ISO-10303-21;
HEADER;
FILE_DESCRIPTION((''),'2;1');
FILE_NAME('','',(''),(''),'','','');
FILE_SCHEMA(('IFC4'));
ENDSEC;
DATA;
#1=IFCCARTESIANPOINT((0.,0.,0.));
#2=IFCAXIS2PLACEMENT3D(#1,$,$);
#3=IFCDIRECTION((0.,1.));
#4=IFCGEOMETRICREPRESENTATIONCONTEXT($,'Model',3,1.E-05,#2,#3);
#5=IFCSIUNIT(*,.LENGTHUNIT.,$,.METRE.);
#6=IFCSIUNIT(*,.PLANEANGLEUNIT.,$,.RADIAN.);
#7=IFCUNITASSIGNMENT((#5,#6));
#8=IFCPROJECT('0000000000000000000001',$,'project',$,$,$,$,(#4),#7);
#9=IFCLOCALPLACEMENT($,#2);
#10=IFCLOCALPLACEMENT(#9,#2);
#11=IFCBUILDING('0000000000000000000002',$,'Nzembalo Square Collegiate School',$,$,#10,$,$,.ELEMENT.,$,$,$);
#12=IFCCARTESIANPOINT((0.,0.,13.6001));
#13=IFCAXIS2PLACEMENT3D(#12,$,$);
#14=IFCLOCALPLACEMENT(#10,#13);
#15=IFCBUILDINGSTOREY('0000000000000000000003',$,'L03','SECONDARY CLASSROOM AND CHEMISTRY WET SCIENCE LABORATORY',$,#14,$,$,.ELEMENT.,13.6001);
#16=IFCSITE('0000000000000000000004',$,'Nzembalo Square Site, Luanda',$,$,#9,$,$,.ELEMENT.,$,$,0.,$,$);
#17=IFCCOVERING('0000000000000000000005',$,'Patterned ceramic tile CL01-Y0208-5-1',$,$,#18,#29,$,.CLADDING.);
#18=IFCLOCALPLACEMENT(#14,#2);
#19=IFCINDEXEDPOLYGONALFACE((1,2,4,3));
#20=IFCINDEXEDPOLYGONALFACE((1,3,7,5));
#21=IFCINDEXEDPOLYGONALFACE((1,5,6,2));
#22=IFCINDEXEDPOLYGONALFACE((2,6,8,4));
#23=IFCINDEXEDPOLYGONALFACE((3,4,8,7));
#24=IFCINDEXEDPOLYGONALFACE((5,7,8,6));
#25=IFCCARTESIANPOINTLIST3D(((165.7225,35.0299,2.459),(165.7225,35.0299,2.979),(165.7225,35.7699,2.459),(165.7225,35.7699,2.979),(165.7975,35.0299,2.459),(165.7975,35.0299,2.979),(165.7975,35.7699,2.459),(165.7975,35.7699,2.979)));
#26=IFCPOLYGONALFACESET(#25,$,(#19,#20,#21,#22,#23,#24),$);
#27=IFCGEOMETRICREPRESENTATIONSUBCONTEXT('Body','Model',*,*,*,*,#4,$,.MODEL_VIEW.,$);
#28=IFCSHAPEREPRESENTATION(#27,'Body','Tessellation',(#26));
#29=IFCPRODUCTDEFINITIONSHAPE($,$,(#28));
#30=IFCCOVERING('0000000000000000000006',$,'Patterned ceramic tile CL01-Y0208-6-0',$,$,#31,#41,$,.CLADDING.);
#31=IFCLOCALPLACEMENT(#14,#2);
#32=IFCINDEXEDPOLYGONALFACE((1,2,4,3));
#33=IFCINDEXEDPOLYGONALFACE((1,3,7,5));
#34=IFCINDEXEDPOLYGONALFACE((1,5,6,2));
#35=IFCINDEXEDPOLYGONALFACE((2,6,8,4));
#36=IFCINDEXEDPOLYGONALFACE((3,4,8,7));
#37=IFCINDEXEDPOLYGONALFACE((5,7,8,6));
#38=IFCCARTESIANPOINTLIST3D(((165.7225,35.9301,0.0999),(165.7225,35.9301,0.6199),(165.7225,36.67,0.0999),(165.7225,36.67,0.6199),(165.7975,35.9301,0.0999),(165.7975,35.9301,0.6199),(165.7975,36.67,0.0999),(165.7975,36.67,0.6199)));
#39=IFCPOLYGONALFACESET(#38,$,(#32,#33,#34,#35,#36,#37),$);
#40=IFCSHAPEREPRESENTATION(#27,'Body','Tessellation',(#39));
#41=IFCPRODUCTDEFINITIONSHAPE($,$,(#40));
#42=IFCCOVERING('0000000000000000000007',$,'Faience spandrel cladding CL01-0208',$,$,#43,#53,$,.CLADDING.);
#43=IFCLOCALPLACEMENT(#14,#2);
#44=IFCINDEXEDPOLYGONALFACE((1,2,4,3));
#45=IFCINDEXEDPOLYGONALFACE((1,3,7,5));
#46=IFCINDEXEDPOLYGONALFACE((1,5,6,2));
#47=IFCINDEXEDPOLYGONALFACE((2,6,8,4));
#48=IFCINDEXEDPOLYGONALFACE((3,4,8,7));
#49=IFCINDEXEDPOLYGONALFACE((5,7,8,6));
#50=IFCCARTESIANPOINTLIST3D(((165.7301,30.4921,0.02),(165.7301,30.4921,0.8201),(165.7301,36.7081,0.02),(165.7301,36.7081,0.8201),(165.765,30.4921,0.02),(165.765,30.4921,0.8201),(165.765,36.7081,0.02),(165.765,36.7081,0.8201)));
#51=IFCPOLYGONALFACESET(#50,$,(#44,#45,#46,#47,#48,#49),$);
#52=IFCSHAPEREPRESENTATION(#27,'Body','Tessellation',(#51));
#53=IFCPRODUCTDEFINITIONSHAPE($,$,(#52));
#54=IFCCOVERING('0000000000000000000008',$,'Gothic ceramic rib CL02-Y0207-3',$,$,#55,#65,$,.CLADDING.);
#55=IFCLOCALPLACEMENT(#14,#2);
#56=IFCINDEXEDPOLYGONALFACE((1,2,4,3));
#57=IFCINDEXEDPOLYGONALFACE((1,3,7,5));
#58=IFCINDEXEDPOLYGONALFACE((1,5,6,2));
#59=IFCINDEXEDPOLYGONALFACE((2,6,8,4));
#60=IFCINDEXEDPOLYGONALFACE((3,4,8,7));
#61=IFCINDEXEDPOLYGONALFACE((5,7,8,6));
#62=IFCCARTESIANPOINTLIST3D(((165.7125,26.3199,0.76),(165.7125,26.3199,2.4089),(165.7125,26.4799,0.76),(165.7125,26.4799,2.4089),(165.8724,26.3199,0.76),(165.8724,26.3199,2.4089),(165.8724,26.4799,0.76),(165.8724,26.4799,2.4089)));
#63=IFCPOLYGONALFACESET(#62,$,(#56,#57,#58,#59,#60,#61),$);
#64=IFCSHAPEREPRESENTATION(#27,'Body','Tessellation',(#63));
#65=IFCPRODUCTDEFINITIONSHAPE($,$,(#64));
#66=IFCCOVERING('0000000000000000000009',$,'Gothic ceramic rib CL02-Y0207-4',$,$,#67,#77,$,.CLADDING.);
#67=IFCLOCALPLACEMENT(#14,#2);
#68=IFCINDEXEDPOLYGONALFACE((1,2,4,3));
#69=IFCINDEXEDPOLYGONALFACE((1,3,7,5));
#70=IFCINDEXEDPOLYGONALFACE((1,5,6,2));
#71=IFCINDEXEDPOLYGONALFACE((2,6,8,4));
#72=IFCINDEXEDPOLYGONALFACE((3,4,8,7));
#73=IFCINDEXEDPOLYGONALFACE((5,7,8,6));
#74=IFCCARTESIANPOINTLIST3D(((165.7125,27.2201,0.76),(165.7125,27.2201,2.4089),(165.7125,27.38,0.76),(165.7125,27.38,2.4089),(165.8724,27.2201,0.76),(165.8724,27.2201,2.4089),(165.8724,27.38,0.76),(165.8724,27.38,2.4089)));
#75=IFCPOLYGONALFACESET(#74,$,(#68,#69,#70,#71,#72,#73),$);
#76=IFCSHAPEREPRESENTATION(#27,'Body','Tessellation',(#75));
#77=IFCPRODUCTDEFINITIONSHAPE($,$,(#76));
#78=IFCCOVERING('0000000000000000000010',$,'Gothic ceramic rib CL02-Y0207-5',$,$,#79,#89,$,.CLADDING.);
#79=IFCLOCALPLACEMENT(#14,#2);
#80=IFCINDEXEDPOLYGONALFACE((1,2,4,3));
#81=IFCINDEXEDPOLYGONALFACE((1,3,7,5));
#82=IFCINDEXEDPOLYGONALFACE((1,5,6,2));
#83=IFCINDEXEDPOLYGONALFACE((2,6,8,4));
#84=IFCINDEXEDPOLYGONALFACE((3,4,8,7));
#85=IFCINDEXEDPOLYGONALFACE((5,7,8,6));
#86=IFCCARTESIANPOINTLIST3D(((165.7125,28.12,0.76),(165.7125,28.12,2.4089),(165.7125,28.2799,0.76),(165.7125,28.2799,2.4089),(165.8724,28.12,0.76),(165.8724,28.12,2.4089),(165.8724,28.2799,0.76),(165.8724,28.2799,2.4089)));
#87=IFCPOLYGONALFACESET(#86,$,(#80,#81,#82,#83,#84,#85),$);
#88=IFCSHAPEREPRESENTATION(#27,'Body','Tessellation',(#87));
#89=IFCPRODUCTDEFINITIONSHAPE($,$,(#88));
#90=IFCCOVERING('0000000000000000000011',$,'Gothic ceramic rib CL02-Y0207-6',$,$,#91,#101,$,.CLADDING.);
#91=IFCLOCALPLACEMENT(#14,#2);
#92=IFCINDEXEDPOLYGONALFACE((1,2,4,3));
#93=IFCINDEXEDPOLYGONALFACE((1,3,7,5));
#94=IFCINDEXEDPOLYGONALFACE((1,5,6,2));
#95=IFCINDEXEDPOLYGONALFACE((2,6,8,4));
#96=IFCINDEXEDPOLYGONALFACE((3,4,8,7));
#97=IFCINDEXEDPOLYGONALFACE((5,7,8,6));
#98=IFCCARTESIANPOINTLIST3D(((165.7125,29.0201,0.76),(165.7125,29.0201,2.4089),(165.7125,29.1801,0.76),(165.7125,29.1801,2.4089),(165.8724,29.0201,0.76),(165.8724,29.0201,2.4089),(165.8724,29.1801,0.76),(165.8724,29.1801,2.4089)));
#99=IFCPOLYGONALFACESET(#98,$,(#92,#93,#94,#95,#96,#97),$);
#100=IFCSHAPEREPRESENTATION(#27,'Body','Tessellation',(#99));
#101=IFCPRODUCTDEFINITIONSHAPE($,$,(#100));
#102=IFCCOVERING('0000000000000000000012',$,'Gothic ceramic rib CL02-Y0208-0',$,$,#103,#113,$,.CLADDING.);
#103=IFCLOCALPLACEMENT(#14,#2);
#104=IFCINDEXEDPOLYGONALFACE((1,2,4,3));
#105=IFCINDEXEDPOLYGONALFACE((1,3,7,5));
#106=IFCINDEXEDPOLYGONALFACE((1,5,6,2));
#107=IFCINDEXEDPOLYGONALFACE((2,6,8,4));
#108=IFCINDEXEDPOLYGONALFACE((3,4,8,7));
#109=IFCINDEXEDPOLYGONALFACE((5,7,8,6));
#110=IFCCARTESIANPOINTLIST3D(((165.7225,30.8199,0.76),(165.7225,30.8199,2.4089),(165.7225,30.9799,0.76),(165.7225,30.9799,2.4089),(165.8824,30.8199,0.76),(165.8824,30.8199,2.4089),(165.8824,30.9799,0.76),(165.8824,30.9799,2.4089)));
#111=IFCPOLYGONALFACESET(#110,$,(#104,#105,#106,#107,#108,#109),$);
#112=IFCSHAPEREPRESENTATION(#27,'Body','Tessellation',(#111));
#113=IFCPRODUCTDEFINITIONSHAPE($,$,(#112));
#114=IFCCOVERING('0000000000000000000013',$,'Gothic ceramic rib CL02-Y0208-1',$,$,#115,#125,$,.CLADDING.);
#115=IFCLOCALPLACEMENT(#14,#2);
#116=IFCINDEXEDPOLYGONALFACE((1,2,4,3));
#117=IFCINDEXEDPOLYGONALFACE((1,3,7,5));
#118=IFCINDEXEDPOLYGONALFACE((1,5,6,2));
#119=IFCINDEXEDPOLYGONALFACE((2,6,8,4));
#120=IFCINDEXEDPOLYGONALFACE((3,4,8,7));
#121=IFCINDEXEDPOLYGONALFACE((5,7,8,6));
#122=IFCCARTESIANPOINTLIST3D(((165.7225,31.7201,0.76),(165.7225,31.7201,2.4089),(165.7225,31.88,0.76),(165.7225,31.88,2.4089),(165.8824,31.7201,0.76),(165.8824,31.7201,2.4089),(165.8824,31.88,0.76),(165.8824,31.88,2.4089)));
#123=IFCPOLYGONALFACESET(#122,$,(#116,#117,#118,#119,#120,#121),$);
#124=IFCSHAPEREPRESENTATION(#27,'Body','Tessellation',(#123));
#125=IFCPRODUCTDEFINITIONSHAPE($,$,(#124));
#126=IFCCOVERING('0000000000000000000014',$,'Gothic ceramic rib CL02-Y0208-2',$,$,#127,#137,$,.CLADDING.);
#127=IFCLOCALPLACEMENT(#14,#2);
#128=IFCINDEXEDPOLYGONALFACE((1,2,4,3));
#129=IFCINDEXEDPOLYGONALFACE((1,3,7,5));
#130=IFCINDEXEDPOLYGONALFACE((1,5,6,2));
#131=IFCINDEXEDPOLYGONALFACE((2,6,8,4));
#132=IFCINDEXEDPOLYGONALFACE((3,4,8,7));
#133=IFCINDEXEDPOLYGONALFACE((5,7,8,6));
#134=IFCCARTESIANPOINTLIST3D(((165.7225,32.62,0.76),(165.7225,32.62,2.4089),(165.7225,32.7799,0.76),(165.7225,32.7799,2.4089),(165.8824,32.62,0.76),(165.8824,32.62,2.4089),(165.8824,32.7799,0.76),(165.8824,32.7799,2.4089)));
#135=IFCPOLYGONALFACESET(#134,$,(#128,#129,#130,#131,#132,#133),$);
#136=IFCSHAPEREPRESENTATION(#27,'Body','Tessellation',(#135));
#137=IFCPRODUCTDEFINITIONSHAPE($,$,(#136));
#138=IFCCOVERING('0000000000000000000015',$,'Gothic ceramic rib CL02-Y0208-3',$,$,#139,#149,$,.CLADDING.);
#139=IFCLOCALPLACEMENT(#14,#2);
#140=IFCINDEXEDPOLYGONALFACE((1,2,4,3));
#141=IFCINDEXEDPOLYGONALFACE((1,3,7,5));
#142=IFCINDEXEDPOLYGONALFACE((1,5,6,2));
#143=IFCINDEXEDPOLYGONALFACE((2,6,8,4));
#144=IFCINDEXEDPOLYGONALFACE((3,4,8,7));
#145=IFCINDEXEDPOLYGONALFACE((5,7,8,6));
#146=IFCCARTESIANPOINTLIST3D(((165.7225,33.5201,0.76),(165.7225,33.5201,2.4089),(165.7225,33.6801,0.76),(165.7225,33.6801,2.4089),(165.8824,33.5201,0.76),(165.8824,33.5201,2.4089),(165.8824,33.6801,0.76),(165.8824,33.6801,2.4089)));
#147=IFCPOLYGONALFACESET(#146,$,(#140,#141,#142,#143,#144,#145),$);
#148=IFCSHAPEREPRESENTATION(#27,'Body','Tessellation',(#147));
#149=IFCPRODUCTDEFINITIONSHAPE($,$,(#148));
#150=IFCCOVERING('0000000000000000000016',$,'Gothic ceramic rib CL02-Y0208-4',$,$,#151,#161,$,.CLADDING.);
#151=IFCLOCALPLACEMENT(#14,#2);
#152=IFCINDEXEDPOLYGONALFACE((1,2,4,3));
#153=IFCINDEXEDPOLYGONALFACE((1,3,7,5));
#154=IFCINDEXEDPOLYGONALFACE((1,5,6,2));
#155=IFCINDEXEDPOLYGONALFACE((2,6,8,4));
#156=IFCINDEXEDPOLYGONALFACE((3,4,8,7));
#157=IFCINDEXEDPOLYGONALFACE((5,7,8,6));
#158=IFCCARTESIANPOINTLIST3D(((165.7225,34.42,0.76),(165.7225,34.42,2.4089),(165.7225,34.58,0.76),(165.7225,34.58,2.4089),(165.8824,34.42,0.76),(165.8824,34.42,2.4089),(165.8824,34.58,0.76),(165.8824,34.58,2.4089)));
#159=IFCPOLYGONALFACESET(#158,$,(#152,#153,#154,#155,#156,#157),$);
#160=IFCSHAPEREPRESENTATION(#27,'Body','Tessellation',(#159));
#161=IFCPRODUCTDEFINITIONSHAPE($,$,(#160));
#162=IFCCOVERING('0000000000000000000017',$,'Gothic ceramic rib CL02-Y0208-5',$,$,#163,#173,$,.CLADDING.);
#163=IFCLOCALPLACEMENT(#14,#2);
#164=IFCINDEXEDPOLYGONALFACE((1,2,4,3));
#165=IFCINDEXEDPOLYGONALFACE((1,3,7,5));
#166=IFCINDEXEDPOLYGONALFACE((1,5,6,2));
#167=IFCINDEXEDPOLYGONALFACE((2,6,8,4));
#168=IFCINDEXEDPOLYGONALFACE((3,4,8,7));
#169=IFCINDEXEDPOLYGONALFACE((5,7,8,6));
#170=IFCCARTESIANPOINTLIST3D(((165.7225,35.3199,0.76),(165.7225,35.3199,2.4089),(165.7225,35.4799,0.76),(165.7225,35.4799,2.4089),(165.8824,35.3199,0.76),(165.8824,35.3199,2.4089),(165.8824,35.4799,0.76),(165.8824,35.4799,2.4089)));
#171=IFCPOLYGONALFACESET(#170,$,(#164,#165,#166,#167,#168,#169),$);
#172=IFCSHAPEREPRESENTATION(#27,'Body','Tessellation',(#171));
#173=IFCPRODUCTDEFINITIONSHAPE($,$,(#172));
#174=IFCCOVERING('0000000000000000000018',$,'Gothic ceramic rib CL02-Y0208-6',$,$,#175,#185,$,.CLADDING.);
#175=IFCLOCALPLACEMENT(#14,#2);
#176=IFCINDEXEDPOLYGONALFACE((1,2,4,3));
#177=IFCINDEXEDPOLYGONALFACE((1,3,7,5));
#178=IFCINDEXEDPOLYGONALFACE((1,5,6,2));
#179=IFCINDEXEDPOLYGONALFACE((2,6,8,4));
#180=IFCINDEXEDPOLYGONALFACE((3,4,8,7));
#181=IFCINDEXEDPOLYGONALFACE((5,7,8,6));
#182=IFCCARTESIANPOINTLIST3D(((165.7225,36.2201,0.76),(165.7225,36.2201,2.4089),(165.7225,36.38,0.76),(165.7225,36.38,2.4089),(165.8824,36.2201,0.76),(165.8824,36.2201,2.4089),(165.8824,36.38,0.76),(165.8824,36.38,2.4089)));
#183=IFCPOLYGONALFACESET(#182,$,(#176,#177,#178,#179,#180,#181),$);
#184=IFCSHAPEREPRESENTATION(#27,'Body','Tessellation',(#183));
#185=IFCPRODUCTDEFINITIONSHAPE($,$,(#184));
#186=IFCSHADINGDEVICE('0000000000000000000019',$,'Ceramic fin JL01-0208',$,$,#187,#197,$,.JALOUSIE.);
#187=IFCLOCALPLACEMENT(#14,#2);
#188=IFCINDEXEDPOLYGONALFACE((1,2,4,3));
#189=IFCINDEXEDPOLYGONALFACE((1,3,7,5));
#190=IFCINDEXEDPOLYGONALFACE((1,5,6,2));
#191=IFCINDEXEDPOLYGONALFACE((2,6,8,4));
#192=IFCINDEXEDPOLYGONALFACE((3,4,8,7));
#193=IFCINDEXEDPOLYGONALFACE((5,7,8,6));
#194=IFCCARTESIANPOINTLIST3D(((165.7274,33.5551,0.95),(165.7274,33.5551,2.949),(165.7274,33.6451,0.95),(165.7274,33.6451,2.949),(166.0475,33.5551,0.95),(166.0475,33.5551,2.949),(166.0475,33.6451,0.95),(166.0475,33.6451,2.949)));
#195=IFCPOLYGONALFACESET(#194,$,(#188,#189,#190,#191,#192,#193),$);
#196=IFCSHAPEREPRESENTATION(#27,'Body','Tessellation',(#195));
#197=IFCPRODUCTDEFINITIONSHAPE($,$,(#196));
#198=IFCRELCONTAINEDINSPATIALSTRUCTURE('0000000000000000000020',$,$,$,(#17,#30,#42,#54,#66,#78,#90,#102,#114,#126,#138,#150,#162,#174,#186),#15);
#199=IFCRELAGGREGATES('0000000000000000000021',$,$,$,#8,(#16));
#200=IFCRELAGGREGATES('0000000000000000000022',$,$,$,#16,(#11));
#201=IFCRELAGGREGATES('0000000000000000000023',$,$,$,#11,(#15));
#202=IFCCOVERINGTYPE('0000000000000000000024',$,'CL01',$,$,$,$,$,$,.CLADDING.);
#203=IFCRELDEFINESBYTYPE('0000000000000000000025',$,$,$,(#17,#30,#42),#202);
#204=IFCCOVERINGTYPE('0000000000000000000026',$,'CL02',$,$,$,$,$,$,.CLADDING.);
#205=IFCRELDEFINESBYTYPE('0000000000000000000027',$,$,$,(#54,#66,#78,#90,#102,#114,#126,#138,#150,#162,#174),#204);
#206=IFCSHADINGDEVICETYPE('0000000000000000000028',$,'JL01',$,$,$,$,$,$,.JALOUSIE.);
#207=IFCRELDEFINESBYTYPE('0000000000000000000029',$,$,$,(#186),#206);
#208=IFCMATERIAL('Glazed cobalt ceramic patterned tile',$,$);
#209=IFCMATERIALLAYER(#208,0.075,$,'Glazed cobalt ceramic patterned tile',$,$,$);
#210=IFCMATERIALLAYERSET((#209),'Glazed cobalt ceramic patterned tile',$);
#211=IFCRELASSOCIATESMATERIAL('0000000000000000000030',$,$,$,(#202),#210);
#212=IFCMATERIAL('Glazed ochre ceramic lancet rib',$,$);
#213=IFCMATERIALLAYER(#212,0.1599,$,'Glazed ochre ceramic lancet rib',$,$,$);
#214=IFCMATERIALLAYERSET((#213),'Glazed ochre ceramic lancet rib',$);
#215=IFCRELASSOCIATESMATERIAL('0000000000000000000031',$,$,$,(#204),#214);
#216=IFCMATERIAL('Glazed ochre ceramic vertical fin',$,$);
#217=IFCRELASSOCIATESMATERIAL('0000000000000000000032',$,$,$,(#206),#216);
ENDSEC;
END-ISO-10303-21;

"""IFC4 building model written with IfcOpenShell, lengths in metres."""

from ifc_helpers import new_model, si_unit, direction, frame, origin, origin_2d, place, context, subcontext, project, spatial, rectangle, extrude, material, layer, layer_set, type_object, element, save


model = new_model("IFC4")

# Units and contexts
model_context = context("Model", 3, precision=1e-05, world=origin(), true_north=direction((0.0, 1.0)))
body_context = subcontext(model_context, "Body", "Model", "MODEL_VIEW")
ifc_project = project(units=[si_unit("LENGTHUNIT", "METRE"), si_unit("PLANEANGLEUNIT", "RADIAN")], contexts=[model_context])

# Site, building, storey
site_placement = place(None, origin())
site = spatial("IfcSite", under=ifc_project, at=site_placement, Name="Nzembalo Square Site, Luanda", CompositionType="ELEMENT", RefElevation=0.0)
building_placement = place(site_placement, origin())
building = spatial("IfcBuilding", under=site, at=building_placement, Name="Nzembalo Square Collegiate School", CompositionType="ELEMENT")
storey_placement = place(building_placement, frame((0.0, 0.0, 13.6001)))
storey = spatial("IfcBuildingStorey", under=building, at=storey_placement, Name="L03", Description="SECONDARY CLASSROOM AND CHEMISTRY WET SCIENCE LABORATORY", CompositionType="ELEMENT", Elevation=13.6001)

# Coverings
ifc_material_1 = material(Name="Glazed cobalt ceramic patterned tile")
ifc_layer_1 = layer(ifc_material_1, 0.075, Name="Glazed cobalt ceramic patterned tile")
ifc_layer_set_1 = layer_set([ifc_layer_1], Name="Glazed cobalt ceramic patterned tile")
covering_type_1 = type_object("IfcCoveringType", Name="CL01", PredefinedType="CLADDING", material=ifc_layer_set_1)
for number, where, z_axis, x_axis, name in (
    (1, (165.76, 35.3999, 2.459), (0.0, 0.0, 1.0), (1.0, 0.0, 0.0), "Patterned ceramic tile CL01-Y0208-5-1"),
    (2, (165.76, 36.3, 0.0999), (0.0, 0.0, 1.0), (1.0, 0.0, 0.0), "Patterned ceramic tile CL01-Y0208-6-0"),
):
    element("IfcCovering", number, at=place(storey_placement, frame(where, z_axis=z_axis, x_axis=x_axis)), inside=storey, type_object=covering_type_1, Name=name, PredefinedType="CLADDING", context=body_context, shape_type="SweptSolid", body=[
        extrude(rectangle(XDim=0.075, YDim=0.74, at=origin_2d()), origin(), (0.0, 0.0, 1.0), 0.52),
    ])
covering_placement = place(storey_placement, frame((165.7476, 33.6001, 0.02), z_axis=(0.0, 0.0, 1.0), x_axis=(1.0, 0.0, 0.0)))
element("IfcCovering", 3, at=covering_placement, inside=storey, type_object=covering_type_1, Name="Faience spandrel cladding CL01-0208", PredefinedType="CLADDING", context=body_context, shape_type="SweptSolid", body=[
    extrude(rectangle(XDim=0.0349, YDim=6.2161, at=origin_2d()), origin(), (0.0, 0.0, 1.0), 0.8),
])
ifc_material_2 = material(Name="Glazed ochre ceramic lancet rib")
ifc_layer_2 = layer(ifc_material_2, 0.1599, Name="Glazed ochre ceramic lancet rib")
ifc_layer_set_2 = layer_set([ifc_layer_2], Name="Glazed ochre ceramic lancet rib")
covering_type_2 = type_object("IfcCoveringType", Name="CL02", PredefinedType="CLADDING", material=ifc_layer_set_2)
for number, where, z_axis, x_axis, name in (
    (4, (165.7925, 26.3999, 0.76), (0.0, 0.0, 1.0), (1.0, 0.0, 0.0), "Gothic ceramic rib CL02-Y0207-3"),
    (5, (165.7925, 27.3, 0.76), (0.0, 0.0, 1.0), (1.0, 0.0, 0.0), "Gothic ceramic rib CL02-Y0207-4"),
    (6, (165.7925, 28.2, 0.76), (0.0, 0.0, 1.0), (1.0, 0.0, 0.0), "Gothic ceramic rib CL02-Y0207-5"),
    (7, (165.7925, 29.1001, 0.76), (0.0, 0.0, 1.0), (1.0, 0.0, 0.0), "Gothic ceramic rib CL02-Y0207-6"),
    (8, (165.8025, 30.8999, 0.76), (0.0, 0.0, 1.0), (1.0, 0.0, 0.0), "Gothic ceramic rib CL02-Y0208-0"),
    (9, (165.8025, 31.8, 0.76), (0.0, 0.0, 1.0), (1.0, 0.0, 0.0), "Gothic ceramic rib CL02-Y0208-1"),
    (10, (165.8025, 32.7, 0.76), (0.0, 0.0, 1.0), (1.0, 0.0, 0.0), "Gothic ceramic rib CL02-Y0208-2"),
    (11, (165.8025, 33.6001, 0.76), (0.0, 0.0, 1.0), (1.0, 0.0, 0.0), "Gothic ceramic rib CL02-Y0208-3"),
    (12, (165.8025, 34.5, 0.76), (0.0, 0.0, 1.0), (1.0, 0.0, 0.0), "Gothic ceramic rib CL02-Y0208-4"),
    (13, (165.8025, 35.3999, 0.76), (0.0, 0.0, 1.0), (1.0, 0.0, 0.0), "Gothic ceramic rib CL02-Y0208-5"),
    (14, (165.8025, 36.3, 0.76), (0.0, 0.0, 1.0), (1.0, 0.0, 0.0), "Gothic ceramic rib CL02-Y0208-6"),
):
    element("IfcCovering", number, at=place(storey_placement, frame(where, z_axis=z_axis, x_axis=x_axis)), inside=storey, type_object=covering_type_2, Name=name, PredefinedType="CLADDING", context=body_context, shape_type="SweptSolid", body=[
        extrude(rectangle(XDim=0.1599, YDim=0.1599, at=origin_2d()), origin(), (0.0, 0.0, 1.0), 1.6489),
    ])

# Shading device
ifc_material_3 = material(Name="Glazed ochre ceramic vertical fin")
shading_device_type = type_object("IfcShadingDeviceType", Name="JL01", PredefinedType="JALOUSIE", material=ifc_material_3)
shading_device_placement = place(storey_placement, frame((165.8875, 33.6001, 0.95), z_axis=(0.0, 0.0, 1.0), x_axis=(1.0, 0.0, 0.0)))
element("IfcShadingDevice", 15, at=shading_device_placement, inside=storey, type_object=shading_device_type, Name="Ceramic fin JL01-0208", PredefinedType="JALOUSIE", context=body_context, shape_type="SweptSolid", body=[
    extrude(rectangle(XDim=0.3201, YDim=0.0901, at=origin_2d()), origin(), (0.0, 0.0, 1.0), 1.999),
])

save(model, "model.ifc")
